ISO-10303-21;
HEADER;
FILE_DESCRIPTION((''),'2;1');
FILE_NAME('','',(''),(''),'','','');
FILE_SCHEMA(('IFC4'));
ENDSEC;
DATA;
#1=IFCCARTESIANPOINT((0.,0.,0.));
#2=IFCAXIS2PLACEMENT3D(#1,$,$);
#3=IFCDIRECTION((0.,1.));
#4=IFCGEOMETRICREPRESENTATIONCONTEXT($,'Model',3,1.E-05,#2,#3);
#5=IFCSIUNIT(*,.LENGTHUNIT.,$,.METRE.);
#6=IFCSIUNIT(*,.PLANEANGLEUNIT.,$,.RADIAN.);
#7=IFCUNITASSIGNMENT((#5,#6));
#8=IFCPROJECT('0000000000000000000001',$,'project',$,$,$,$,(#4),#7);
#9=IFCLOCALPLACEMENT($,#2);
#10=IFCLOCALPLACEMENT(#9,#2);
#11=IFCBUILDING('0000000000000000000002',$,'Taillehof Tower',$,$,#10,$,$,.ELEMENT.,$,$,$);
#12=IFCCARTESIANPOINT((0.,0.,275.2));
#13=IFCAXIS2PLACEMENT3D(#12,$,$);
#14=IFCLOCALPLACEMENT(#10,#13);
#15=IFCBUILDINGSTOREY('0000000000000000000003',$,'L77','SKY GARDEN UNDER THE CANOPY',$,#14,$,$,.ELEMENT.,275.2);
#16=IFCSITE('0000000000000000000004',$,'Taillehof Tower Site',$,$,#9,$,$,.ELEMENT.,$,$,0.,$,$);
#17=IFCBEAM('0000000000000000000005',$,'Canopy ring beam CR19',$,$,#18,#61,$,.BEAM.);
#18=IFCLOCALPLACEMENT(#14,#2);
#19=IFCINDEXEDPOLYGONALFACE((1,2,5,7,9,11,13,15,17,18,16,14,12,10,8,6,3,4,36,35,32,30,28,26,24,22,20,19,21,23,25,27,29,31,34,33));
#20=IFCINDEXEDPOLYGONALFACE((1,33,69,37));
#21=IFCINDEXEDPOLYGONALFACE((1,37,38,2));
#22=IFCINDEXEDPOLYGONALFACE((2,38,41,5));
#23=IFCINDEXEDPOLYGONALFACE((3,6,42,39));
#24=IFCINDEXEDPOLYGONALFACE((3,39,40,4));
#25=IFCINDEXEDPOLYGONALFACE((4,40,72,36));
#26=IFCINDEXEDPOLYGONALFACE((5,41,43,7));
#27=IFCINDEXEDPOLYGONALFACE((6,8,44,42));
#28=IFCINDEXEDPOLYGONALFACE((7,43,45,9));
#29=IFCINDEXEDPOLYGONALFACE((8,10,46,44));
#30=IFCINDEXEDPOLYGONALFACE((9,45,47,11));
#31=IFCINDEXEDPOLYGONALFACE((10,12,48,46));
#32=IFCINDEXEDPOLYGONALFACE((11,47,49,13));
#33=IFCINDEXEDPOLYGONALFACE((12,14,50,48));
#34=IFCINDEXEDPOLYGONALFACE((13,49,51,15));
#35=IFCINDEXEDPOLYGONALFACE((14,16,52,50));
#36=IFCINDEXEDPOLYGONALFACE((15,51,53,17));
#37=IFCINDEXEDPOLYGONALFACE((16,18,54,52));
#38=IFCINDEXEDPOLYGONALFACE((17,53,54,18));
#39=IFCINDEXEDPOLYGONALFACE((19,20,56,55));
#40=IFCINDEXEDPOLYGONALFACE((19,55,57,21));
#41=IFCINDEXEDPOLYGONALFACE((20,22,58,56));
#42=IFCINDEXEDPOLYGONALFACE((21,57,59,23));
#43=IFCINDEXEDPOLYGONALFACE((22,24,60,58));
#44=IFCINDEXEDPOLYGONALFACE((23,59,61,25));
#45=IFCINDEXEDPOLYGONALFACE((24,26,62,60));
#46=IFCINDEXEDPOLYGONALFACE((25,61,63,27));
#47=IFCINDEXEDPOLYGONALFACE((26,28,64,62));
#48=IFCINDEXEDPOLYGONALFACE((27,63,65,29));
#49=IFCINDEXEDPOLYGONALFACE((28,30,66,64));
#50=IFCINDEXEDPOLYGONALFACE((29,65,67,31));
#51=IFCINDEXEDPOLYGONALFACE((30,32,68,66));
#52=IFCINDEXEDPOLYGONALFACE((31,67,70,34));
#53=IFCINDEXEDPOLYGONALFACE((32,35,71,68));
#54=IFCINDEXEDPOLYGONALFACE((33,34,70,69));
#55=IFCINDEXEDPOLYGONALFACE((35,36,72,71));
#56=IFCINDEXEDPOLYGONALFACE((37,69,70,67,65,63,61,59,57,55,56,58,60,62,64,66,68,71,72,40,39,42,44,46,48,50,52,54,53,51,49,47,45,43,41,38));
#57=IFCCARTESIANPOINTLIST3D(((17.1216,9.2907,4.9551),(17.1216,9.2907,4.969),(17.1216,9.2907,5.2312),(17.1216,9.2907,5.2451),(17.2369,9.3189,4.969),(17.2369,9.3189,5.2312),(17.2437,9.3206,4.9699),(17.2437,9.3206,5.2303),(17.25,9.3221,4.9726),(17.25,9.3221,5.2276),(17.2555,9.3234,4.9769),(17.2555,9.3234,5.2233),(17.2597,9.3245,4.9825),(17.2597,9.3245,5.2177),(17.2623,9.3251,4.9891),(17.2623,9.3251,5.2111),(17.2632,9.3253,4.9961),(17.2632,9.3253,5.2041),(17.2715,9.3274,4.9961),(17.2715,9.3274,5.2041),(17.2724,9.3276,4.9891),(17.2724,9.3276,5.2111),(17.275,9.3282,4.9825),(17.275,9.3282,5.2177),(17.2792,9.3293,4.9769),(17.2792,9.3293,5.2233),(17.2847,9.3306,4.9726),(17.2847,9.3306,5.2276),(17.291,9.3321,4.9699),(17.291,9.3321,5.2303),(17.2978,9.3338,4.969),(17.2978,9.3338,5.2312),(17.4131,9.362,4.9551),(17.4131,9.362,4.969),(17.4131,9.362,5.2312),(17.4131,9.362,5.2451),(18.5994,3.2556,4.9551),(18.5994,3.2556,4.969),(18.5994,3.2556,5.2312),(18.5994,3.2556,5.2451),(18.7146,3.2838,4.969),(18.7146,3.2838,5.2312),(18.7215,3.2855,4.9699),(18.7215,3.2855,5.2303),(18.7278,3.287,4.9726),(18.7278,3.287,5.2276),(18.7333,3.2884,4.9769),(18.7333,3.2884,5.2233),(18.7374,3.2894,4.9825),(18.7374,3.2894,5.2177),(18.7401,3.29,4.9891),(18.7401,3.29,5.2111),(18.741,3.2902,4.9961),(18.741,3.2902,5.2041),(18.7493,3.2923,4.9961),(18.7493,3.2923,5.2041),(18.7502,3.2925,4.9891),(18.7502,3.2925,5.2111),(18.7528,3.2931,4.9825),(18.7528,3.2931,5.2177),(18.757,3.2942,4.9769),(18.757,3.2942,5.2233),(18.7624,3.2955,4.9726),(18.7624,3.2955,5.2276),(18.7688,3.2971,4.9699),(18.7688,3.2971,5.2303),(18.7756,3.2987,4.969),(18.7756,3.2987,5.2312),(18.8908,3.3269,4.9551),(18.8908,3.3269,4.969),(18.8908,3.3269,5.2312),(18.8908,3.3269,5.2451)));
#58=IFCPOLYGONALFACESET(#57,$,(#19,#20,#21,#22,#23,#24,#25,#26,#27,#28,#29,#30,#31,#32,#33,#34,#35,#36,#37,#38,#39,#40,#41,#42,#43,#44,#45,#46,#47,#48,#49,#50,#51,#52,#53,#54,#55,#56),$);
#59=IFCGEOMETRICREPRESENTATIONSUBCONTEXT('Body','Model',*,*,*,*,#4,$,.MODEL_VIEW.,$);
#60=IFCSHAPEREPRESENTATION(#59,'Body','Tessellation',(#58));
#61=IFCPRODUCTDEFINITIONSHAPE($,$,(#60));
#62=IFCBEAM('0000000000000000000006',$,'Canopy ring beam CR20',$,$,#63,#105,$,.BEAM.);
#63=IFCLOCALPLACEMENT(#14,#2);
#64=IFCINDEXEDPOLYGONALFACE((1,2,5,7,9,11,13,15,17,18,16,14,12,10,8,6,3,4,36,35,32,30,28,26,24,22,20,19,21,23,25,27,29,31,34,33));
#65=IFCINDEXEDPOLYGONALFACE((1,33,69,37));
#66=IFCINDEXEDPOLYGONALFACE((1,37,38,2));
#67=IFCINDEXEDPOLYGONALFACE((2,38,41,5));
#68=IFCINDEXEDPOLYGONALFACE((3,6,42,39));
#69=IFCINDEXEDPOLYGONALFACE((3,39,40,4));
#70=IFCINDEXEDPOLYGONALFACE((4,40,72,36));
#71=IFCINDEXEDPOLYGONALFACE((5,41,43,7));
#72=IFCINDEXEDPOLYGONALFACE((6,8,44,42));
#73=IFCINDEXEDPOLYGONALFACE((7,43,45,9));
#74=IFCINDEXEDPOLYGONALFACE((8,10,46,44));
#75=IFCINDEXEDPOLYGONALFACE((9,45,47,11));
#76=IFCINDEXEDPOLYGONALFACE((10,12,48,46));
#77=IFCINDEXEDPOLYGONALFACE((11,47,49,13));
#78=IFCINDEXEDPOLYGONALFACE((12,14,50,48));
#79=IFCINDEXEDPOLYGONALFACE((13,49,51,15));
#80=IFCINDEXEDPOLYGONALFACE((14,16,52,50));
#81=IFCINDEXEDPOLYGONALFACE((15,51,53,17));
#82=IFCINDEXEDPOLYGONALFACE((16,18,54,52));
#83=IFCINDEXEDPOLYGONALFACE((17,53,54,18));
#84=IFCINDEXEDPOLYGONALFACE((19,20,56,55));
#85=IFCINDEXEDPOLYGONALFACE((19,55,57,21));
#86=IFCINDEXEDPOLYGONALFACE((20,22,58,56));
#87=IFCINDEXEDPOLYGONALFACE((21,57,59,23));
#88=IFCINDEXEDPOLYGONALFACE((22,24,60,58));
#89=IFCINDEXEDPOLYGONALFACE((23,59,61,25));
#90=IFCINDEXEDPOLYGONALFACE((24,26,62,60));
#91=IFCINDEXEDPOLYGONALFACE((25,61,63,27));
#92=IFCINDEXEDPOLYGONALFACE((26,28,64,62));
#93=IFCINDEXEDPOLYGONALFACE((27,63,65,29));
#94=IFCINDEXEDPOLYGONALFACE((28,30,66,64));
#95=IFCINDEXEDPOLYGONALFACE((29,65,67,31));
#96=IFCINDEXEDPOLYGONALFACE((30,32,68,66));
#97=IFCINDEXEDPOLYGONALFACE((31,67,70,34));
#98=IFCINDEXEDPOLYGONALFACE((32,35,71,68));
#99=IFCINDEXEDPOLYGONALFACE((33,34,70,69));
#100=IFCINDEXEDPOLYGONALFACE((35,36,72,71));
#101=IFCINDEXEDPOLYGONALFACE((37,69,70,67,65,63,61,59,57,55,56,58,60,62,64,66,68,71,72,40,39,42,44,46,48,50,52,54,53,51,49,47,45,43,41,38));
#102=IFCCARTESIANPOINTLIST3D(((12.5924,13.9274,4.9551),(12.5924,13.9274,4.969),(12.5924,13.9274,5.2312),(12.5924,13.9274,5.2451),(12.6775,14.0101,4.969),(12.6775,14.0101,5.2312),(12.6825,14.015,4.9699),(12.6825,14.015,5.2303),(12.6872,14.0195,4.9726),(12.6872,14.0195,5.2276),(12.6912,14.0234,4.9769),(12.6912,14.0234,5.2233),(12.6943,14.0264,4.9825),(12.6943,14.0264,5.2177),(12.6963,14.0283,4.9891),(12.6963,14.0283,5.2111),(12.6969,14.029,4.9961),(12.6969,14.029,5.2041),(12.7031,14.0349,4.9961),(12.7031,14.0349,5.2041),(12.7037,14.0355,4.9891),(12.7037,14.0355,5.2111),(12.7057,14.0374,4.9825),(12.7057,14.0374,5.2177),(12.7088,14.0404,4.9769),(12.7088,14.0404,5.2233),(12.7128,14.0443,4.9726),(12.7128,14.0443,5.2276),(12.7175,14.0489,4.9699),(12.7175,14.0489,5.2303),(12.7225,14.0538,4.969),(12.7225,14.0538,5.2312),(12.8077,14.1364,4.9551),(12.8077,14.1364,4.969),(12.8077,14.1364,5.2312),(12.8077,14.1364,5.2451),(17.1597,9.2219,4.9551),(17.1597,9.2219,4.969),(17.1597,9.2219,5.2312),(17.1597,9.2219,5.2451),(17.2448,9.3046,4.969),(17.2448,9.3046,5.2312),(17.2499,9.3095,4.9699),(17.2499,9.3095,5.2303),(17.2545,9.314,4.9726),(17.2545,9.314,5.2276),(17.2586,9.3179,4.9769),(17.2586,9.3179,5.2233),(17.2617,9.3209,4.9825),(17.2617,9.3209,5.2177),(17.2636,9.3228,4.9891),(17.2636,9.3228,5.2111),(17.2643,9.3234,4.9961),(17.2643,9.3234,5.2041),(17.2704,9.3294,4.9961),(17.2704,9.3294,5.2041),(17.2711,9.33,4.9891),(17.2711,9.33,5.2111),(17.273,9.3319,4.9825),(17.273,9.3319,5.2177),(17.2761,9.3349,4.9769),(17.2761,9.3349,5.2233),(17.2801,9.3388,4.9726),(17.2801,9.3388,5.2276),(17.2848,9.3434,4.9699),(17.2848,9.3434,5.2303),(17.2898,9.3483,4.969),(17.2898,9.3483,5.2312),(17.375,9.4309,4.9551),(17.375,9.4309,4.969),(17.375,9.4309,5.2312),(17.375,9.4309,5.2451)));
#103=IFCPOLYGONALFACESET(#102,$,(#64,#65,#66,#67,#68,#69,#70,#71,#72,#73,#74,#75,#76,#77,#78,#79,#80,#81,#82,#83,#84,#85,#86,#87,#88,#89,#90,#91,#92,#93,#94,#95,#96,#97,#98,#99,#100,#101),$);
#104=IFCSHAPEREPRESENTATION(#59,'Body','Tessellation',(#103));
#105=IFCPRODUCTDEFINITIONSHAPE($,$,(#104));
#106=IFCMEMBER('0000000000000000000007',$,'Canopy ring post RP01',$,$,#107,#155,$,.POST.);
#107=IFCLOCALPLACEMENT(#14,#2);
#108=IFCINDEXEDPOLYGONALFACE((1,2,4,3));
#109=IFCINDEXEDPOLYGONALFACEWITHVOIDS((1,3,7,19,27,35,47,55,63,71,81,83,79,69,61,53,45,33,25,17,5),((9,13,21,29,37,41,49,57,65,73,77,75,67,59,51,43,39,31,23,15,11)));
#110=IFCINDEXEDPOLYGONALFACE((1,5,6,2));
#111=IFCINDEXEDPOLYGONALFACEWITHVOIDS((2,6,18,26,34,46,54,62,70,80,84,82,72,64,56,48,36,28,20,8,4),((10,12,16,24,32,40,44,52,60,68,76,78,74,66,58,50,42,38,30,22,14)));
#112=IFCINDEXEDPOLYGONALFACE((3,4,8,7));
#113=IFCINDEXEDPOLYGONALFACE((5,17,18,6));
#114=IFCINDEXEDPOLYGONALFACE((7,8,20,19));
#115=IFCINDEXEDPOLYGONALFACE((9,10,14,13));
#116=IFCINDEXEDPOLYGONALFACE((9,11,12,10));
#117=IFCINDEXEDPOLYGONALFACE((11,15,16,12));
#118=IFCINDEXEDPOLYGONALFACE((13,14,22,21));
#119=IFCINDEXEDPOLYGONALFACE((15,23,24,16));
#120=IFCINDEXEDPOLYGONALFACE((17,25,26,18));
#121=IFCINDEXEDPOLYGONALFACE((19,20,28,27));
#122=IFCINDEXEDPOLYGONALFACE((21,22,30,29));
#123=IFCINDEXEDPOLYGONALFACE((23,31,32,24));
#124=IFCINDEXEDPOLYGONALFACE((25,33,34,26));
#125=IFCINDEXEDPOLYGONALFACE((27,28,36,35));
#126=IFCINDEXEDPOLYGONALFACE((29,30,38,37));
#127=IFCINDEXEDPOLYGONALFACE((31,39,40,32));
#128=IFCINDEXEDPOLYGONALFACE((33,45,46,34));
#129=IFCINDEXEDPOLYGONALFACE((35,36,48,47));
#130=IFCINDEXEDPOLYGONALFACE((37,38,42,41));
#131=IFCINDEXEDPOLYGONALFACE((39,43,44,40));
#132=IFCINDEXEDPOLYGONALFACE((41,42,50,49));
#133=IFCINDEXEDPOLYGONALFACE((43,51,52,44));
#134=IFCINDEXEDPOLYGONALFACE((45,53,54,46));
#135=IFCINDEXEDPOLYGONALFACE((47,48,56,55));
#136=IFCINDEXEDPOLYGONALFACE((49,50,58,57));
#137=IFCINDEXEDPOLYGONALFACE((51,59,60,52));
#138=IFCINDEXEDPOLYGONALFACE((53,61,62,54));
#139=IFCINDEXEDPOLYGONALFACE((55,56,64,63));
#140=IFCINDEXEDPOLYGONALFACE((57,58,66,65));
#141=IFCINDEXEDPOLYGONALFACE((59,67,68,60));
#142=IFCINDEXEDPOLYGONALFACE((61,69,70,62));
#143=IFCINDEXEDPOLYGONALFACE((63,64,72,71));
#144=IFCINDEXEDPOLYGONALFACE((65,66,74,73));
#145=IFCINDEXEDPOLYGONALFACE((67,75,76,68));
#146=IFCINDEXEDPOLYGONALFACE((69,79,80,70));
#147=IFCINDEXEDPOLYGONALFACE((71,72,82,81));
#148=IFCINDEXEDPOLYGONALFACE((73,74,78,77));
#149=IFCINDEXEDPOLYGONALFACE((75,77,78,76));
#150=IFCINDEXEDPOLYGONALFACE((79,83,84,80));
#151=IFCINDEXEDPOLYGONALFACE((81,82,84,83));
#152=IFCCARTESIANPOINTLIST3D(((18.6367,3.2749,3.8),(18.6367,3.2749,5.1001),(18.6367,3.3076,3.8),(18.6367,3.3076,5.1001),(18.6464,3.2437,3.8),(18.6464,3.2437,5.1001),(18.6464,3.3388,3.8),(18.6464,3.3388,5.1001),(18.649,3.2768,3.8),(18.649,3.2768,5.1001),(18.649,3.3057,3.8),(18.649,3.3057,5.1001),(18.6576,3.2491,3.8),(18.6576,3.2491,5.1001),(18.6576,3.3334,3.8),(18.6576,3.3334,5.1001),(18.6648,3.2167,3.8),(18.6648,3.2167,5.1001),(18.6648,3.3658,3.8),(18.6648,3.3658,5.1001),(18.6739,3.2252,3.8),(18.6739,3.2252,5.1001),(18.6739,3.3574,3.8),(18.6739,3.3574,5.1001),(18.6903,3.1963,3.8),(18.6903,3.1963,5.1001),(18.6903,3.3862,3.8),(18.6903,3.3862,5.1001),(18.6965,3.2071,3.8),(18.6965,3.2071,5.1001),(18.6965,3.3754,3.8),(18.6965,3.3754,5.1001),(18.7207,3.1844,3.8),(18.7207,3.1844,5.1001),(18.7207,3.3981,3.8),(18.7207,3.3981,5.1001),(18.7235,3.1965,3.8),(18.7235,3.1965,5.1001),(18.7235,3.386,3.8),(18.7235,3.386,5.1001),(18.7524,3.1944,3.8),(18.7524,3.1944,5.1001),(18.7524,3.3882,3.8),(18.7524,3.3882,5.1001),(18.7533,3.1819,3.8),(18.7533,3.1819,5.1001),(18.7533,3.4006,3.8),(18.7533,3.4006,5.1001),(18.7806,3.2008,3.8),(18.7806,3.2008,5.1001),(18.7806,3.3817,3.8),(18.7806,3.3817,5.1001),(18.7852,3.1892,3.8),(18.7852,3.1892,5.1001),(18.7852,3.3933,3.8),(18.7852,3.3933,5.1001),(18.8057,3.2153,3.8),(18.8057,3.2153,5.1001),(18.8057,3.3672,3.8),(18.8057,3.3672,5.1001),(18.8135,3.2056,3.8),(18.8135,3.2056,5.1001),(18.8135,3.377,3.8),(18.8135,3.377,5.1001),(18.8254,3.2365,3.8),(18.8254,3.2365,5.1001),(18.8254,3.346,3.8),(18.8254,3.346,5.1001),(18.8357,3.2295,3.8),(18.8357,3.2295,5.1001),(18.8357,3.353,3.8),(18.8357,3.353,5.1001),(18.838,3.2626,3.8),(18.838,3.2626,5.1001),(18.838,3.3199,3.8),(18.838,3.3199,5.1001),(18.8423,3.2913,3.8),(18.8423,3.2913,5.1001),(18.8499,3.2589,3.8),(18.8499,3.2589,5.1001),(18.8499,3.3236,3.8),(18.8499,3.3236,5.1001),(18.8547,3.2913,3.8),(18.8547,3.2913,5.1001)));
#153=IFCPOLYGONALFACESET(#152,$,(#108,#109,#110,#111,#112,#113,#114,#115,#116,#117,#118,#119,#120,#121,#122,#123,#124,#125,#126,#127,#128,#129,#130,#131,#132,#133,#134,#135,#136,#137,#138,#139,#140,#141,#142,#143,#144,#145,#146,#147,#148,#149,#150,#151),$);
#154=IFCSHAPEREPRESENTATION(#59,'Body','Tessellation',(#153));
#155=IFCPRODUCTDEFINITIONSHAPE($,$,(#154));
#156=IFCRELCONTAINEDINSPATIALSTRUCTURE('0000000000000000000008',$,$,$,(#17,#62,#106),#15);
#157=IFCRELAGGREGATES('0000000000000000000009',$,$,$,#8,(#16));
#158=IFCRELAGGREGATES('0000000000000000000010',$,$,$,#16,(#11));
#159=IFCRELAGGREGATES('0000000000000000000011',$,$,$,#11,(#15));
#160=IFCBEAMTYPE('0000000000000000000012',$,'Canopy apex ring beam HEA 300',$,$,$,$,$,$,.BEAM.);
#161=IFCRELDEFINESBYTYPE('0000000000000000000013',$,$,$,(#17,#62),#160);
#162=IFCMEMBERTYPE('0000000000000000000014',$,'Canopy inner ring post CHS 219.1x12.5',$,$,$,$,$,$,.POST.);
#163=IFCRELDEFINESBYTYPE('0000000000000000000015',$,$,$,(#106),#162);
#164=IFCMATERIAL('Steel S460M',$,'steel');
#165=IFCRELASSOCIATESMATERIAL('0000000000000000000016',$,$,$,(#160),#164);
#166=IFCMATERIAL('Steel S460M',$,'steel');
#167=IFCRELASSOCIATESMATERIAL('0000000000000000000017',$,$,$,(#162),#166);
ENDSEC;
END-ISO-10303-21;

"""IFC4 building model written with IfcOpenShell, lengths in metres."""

from ifc_helpers import new_model, si_unit, direction, frame, origin, origin_2d, place, context, subcontext, project, spatial, hollow_circle, i_section, extrude, material, material_profile, profile_set, type_object, element, save


model = new_model("IFC4")

# Units and contexts
model_context = context("Model", 3, precision=1e-05, world=origin(), true_north=direction((0.0, 1.0)))
body_context = subcontext(model_context, "Body", "Model", "MODEL_VIEW")
ifc_project = project(units=[si_unit("LENGTHUNIT", "METRE"), si_unit("PLANEANGLEUNIT", "RADIAN")], contexts=[model_context])

# Site, building, storey
site_placement = place(None, origin())
site = spatial("IfcSite", under=ifc_project, at=site_placement, Name="Taillehof Tower Site", CompositionType="ELEMENT", RefElevation=0.0)
building_placement = place(site_placement, origin())
building = spatial("IfcBuilding", under=site, at=building_placement, Name="Taillehof Tower", CompositionType="ELEMENT")
storey_placement = place(building_placement, frame((0.0, 0.0, 275.2)))
storey = spatial("IfcBuildingStorey", under=building, at=storey_placement, Name="L77", Description="SKY GARDEN UNDER THE CANOPY", CompositionType="ELEMENT", Elevation=275.2)

# Beams
ifc_material_1 = material(Name="Steel S460M", Category="steel")
ifc_material_profile_1 = material_profile(ifc_material_1, i_section(OverallWidth=0.3, OverallDepth=0.29, WebThickness=0.0085, FlangeThickness=0.0139, FilletRadius=0.0271, at=origin_2d()), Name="HEA 300")
ifc_profile_set_1 = profile_set([ifc_material_profile_1], Name="Steel S460M")
beam_type_1 = type_object("IfcBeamType", Name="Canopy apex ring beam HEA 300", PredefinedType="BEAM", material=ifc_profile_set_1)
beam_1_placement = place(storey_placement, frame((18.7451, 3.2913, 5.1001), z_axis=(-0.237836, 0.971305, 0.0), x_axis=(-0.971305, -0.237836, 0.0)))
element("IfcBeam", 1, at=beam_1_placement, inside=storey, type_object=beam_type_1, Name="Canopy ring beam CR19", PredefinedType="BEAM", context=body_context, shape_type="SweptSolid", body=[
    extrude(i_section(OverallWidth=0.3, OverallDepth=0.29, WebThickness=0.0085, FlangeThickness=0.0139, FilletRadius=0.0271, at=origin_2d()), origin(), (0.0, 0.0, 1.0), 6.2134),
])
beam_2_placement = place(storey_placement, frame((17.2673, 9.3264, 5.1001), z_axis=(-0.696492, 0.717564, 0.0), x_axis=(-0.717564, -0.696492, 0.0)))
element("IfcBeam", 2, at=beam_2_placement, inside=storey, type_object=beam_type_1, Name="Canopy ring beam CR20", PredefinedType="BEAM", context=body_context, shape_type="SweptSolid", body=[
    extrude(i_section(OverallWidth=0.3, OverallDepth=0.29, WebThickness=0.0085, FlangeThickness=0.0139, FilletRadius=0.0271, at=origin_2d()), origin(), (0.0, 0.0, 1.0), 6.5576),
])

# Member
ifc_material_2 = material(Name="Steel S460M", Category="steel")
ifc_material_profile_2 = material_profile(ifc_material_2, hollow_circle(Radius=0.1096, WallThickness=0.0125, at=origin_2d()), Name="CHS 219.1x12.5")
ifc_profile_set_2 = profile_set([ifc_material_profile_2], Name="Steel S460M")
member_type_1 = type_object("IfcMemberType", Name="Canopy inner ring post CHS 219.1x12.5", PredefinedType="POST", material=ifc_profile_set_2)
for number, where, z_axis, x_axis, name in (
    (3, (18.7451, 3.2913, 3.8), (0.0, 0.0, 1.0), (1.0, 0.0, 0.0), "Canopy ring post RP01"),
):
    element("IfcMember", number, at=place(storey_placement, frame(where, z_axis=z_axis, x_axis=x_axis)), inside=storey, type_object=member_type_1, Name=name, PredefinedType="POST", context=body_context, shape_type="SweptSolid", body=[
        extrude(hollow_circle(Radius=0.1096, WallThickness=0.0125, at=origin_2d()), origin(), (0.0, 0.0, 1.0), 1.3),
    ])

save(model, "model.ifc")
